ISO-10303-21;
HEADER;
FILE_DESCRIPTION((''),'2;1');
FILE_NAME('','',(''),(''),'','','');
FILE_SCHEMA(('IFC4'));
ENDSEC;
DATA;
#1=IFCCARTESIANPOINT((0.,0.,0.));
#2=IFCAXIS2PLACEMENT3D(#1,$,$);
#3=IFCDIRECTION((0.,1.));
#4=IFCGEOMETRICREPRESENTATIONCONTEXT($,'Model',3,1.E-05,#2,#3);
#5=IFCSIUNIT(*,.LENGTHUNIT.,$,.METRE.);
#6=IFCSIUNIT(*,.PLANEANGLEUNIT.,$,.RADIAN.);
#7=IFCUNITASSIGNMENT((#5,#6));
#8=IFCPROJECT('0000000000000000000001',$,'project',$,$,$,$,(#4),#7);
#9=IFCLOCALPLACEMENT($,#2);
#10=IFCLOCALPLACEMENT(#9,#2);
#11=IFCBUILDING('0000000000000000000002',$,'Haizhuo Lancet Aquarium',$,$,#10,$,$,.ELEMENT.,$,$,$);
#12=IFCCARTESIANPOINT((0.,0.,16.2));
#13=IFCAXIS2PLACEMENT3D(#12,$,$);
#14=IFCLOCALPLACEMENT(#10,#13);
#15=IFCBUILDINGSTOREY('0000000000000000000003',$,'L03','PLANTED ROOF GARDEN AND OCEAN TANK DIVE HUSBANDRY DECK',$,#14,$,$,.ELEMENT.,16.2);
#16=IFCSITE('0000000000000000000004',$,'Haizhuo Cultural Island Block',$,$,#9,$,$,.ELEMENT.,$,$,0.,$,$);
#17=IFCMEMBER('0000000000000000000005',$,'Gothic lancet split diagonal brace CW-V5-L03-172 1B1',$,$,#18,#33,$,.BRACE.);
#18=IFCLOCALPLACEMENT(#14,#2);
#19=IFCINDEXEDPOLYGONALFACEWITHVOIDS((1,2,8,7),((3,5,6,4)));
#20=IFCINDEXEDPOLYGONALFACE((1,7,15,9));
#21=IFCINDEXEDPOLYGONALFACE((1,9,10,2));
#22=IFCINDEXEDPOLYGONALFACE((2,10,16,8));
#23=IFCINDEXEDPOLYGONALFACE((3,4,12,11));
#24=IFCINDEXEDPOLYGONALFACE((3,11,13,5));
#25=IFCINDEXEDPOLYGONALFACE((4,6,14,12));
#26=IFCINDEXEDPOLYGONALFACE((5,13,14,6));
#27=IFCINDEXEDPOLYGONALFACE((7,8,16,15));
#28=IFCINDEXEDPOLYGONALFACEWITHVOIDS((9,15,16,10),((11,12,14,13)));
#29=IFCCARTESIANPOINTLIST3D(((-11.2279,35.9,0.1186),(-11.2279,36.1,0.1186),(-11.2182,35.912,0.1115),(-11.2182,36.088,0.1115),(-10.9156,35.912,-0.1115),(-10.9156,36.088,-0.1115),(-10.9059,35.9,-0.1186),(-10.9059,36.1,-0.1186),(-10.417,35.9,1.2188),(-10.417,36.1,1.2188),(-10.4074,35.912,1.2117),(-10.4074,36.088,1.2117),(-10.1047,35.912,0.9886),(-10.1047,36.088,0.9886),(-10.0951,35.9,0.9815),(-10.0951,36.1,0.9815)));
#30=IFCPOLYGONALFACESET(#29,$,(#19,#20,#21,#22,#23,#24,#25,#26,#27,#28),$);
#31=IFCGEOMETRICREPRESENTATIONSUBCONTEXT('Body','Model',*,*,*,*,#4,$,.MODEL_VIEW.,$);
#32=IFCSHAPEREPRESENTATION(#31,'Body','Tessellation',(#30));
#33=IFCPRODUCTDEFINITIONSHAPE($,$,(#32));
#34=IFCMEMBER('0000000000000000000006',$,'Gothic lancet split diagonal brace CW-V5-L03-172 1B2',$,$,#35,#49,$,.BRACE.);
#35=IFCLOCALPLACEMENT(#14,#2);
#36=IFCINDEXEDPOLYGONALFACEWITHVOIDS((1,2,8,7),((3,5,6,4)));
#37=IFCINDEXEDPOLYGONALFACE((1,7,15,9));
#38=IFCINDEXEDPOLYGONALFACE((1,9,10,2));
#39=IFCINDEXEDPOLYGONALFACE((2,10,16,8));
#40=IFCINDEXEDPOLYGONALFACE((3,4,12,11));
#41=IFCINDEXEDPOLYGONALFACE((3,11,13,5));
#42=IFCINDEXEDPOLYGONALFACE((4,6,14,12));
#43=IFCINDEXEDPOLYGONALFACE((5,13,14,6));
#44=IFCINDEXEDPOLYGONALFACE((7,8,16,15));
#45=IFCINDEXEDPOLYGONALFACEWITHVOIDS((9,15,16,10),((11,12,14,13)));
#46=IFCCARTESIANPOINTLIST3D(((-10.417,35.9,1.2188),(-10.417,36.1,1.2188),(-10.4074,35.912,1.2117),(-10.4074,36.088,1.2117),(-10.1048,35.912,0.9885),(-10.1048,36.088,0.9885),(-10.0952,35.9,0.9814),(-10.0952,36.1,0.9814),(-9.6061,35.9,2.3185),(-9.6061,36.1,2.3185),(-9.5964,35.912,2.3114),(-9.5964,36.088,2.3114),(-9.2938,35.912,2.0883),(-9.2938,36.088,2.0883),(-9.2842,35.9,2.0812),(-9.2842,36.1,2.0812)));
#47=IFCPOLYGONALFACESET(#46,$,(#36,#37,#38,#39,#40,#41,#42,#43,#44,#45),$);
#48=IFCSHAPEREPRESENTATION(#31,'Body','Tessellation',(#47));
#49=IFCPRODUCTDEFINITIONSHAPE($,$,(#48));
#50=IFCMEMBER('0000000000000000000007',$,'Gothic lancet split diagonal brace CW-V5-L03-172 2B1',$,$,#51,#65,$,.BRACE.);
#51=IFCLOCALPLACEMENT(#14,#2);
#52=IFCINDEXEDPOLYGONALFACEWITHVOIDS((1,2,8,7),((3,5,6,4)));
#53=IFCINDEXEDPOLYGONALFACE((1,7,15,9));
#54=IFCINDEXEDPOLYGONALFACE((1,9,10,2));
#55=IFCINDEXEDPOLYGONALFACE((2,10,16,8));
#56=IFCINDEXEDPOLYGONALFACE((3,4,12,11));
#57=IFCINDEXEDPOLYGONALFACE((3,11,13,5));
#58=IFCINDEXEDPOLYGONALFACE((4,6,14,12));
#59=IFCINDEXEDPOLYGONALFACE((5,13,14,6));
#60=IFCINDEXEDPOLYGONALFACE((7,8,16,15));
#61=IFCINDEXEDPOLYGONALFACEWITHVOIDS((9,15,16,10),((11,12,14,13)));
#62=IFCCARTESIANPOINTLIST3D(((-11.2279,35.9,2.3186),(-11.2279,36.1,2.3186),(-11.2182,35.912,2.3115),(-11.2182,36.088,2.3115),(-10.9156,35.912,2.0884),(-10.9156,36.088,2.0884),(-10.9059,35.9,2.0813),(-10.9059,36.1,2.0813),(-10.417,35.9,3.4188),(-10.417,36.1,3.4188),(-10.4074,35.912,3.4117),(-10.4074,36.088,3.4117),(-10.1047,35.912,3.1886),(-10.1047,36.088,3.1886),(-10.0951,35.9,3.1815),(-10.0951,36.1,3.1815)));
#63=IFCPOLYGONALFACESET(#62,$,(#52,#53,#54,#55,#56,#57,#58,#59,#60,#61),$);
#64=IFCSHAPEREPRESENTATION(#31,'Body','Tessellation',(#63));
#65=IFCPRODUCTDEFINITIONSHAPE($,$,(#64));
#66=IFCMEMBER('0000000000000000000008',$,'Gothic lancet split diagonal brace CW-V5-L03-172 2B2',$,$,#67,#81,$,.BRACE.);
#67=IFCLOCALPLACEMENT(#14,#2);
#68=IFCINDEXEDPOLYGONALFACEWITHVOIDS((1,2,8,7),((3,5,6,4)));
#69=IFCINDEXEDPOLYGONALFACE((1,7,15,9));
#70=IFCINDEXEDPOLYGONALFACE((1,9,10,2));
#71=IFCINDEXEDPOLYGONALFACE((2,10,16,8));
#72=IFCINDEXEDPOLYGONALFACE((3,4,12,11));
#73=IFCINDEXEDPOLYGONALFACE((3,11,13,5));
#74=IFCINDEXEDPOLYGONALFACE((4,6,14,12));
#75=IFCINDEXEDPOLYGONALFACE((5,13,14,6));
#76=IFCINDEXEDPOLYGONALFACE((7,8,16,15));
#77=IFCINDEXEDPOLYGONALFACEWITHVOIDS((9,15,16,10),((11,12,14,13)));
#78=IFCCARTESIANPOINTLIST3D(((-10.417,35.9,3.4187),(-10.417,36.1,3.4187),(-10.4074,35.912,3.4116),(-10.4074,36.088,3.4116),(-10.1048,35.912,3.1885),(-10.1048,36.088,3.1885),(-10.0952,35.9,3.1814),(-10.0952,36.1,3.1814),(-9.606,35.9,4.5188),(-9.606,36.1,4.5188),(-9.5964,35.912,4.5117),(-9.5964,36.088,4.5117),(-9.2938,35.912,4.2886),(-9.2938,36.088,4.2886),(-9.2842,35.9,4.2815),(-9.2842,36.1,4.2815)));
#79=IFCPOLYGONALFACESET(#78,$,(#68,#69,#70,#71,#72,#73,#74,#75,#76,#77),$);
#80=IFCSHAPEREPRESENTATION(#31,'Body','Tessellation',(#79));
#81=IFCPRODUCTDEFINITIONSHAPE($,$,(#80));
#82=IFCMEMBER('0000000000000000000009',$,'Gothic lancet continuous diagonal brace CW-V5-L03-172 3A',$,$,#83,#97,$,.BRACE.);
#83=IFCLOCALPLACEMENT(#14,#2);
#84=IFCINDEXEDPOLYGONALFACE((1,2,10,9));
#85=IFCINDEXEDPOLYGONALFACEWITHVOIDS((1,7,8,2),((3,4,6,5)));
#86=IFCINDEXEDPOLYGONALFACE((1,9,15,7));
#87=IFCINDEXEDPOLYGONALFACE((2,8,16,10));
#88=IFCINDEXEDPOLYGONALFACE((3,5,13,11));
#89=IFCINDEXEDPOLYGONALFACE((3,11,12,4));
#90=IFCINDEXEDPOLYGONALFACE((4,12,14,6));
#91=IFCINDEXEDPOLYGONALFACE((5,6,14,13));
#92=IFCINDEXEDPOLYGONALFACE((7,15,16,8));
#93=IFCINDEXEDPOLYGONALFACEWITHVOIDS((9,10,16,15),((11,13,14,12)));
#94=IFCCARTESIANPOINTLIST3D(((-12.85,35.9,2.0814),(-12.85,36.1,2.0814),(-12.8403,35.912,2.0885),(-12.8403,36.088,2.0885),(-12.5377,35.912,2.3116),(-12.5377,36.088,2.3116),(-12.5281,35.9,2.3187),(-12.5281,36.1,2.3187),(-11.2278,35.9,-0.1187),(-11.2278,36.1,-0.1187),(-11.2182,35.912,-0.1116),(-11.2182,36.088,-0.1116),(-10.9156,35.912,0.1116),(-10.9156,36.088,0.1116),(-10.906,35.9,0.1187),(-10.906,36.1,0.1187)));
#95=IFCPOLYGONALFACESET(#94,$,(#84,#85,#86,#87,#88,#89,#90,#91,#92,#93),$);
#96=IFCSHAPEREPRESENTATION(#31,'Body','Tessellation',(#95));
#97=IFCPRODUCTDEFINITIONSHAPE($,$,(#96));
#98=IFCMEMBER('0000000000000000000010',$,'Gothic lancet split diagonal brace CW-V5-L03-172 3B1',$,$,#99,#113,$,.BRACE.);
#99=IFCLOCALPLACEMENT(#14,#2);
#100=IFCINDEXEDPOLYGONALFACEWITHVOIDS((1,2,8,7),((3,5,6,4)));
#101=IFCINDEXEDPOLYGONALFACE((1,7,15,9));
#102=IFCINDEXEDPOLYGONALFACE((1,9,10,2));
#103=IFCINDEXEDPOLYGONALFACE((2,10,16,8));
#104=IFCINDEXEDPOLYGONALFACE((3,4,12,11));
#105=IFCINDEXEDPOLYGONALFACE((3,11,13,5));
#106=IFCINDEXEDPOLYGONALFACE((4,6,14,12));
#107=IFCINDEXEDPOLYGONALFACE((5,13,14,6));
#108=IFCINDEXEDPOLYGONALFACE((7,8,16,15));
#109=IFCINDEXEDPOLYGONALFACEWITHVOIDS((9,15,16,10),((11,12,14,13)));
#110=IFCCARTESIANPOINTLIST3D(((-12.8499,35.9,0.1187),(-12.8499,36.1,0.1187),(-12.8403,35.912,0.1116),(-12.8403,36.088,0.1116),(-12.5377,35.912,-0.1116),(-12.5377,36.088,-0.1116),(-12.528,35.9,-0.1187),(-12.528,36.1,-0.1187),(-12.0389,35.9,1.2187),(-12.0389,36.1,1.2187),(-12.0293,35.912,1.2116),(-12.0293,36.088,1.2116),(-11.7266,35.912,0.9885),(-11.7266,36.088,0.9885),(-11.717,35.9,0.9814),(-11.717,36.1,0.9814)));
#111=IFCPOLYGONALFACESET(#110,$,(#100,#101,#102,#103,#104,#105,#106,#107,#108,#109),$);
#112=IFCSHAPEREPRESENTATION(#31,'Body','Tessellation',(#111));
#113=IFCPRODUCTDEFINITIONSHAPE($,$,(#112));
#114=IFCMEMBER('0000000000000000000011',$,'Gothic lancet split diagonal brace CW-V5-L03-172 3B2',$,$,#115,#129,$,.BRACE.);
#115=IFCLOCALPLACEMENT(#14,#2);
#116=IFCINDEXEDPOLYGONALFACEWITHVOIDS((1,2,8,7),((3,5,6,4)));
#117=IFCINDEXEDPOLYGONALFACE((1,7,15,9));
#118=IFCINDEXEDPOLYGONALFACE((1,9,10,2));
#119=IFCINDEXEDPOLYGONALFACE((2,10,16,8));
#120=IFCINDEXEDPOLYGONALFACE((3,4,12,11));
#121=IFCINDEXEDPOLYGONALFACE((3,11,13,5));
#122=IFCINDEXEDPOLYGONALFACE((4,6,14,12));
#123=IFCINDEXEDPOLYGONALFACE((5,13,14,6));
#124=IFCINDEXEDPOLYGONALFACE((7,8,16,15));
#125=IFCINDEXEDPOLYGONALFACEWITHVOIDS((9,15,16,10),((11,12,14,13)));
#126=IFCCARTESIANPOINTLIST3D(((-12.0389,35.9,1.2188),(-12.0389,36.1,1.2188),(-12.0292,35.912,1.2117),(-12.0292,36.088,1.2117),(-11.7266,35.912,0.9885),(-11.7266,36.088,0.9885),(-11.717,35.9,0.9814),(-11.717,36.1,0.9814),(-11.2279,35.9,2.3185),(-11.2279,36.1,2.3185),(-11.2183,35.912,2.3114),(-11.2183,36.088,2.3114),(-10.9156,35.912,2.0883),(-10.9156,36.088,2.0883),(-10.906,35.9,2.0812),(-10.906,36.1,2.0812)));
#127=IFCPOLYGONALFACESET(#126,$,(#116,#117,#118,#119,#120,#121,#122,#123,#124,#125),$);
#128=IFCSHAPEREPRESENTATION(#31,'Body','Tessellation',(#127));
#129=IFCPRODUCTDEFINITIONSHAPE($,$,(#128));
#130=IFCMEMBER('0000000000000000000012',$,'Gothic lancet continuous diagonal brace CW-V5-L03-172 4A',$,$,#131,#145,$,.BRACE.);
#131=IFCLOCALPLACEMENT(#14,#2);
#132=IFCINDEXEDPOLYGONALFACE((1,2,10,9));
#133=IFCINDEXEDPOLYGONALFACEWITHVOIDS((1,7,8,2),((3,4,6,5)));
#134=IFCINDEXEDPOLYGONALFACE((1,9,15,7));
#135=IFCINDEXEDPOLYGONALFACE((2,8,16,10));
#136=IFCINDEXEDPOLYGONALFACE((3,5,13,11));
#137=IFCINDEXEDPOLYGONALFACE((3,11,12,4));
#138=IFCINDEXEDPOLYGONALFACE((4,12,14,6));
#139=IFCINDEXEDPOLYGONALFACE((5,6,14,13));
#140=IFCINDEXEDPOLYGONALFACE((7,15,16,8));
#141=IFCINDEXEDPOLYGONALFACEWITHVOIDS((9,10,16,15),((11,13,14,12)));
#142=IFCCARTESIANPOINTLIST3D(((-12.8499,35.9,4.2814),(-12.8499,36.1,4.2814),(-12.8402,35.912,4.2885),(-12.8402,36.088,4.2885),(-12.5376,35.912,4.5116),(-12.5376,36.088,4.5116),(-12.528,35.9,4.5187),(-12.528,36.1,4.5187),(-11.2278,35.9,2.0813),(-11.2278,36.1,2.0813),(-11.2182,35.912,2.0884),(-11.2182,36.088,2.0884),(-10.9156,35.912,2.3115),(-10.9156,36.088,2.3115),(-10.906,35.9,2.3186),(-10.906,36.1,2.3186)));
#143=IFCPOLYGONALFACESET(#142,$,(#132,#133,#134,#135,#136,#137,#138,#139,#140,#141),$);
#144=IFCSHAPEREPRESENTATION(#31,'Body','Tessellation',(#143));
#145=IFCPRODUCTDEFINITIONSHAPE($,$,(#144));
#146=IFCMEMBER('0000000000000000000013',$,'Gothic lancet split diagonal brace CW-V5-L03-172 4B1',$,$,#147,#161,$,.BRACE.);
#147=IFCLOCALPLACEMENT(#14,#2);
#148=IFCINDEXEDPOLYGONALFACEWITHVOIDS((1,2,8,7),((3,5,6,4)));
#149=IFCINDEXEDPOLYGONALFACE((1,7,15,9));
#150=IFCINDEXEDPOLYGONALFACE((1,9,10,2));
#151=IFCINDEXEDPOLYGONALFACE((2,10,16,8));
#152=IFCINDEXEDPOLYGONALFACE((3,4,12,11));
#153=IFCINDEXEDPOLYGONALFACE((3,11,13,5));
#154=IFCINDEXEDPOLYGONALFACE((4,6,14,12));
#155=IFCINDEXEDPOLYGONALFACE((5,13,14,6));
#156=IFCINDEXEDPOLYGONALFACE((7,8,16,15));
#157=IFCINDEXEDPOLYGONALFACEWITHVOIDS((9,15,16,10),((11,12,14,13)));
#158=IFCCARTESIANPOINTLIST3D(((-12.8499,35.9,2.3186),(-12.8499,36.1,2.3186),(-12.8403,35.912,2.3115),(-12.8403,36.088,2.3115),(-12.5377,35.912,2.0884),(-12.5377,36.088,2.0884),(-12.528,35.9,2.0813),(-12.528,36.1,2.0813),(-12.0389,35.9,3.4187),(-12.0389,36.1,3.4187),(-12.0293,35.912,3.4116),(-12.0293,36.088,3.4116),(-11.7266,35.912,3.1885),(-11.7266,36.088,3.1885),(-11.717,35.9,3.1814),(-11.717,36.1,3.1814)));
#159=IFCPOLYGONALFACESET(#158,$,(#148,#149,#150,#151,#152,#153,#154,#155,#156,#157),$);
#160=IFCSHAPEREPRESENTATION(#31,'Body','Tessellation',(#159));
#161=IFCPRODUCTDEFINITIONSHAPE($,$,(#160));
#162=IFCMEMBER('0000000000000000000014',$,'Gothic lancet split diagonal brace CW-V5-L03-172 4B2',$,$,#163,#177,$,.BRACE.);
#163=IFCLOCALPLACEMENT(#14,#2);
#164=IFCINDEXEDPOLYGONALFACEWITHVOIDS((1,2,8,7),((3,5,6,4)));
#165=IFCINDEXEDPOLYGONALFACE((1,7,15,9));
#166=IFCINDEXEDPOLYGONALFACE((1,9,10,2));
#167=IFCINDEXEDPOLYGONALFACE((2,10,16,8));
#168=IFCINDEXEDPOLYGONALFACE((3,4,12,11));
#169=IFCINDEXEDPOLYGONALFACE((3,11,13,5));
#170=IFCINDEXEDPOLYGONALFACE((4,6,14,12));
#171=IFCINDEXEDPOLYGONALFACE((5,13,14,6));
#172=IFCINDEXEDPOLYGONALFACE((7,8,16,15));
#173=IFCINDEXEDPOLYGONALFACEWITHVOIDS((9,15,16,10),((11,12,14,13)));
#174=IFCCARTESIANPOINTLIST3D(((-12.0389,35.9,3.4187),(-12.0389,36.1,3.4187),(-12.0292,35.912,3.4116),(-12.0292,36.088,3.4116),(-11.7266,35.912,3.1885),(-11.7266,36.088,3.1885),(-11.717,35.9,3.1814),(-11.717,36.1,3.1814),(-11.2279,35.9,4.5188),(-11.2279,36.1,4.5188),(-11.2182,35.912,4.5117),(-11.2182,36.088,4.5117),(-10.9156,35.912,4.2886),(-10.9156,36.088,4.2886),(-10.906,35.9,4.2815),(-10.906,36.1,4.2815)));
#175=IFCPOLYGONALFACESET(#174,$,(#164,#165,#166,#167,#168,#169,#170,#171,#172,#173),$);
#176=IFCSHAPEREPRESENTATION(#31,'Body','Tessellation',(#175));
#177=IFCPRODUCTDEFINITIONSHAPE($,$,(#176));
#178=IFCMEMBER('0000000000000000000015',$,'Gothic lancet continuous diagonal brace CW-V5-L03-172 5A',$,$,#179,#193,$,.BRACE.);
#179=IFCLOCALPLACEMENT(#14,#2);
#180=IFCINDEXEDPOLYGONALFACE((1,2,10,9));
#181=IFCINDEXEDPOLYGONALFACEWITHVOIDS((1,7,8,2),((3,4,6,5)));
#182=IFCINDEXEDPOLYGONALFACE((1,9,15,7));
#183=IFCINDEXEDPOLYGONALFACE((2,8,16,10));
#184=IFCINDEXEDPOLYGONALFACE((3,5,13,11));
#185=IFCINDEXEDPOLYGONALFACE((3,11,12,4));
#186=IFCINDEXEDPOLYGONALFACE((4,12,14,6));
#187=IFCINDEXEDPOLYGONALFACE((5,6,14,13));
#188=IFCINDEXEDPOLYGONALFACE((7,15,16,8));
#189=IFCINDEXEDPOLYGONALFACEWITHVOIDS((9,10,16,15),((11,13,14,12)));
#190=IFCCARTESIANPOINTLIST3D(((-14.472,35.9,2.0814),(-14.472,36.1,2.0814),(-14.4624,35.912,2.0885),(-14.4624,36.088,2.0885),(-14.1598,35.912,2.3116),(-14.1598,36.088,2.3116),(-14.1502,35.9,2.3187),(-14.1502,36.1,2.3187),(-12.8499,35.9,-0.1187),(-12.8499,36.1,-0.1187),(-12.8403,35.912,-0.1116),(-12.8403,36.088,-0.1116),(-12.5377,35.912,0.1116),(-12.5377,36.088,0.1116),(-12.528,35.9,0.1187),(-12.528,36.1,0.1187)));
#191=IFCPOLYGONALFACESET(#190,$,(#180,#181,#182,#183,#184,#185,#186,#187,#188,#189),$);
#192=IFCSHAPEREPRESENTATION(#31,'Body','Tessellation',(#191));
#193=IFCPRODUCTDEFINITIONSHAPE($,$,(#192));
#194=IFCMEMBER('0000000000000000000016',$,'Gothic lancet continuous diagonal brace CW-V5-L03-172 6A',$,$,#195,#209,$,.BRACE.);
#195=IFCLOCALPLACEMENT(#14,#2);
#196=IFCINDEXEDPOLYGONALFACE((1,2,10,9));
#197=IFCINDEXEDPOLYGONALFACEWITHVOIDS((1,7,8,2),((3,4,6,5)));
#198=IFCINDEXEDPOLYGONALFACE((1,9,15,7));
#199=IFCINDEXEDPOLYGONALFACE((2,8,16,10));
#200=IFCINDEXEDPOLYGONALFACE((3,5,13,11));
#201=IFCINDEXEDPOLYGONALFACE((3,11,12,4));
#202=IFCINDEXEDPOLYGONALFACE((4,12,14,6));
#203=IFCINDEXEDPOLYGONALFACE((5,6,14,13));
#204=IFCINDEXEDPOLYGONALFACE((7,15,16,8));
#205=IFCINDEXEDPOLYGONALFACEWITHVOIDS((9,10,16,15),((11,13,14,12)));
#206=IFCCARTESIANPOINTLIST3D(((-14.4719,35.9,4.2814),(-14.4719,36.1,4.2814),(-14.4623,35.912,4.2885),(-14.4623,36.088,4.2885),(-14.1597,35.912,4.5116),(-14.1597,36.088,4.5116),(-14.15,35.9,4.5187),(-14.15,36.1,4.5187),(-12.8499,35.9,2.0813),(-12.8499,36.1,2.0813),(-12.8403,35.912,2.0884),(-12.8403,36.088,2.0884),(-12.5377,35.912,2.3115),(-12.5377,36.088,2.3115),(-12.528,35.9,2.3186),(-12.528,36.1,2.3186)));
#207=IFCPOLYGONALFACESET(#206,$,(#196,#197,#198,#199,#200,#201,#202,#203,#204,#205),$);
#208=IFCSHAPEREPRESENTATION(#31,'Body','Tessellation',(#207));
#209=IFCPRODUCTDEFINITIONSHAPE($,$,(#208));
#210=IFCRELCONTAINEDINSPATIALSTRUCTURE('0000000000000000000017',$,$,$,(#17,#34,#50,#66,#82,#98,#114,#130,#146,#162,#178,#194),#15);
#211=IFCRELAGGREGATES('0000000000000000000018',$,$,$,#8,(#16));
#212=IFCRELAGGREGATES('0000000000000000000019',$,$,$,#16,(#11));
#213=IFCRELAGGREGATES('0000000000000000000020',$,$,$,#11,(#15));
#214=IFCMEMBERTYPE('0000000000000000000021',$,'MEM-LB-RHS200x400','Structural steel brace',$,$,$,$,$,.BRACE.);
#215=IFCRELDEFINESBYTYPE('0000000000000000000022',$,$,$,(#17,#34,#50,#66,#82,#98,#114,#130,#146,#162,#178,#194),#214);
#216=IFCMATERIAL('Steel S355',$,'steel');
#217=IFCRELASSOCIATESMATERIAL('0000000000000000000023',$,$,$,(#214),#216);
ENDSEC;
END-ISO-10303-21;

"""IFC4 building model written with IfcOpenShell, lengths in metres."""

from ifc_helpers import new_model, si_unit, direction, frame, origin, origin_2d, place, context, subcontext, project, spatial, hollow_rectangle, extrude, material, material_profile, profile_set, type_object, element, save


model = new_model("IFC4")

# Units and contexts
model_context = context("Model", 3, precision=1e-05, world=origin(), true_north=direction((0.0, 1.0)))
body_context = subcontext(model_context, "Body", "Model", "MODEL_VIEW")
ifc_project = project(units=[si_unit("LENGTHUNIT", "METRE"), si_unit("PLANEANGLEUNIT", "RADIAN")], contexts=[model_context])

# Site, building, storey
site_placement = place(None, origin())
site = spatial("IfcSite", under=ifc_project, at=site_placement, Name="Haizhuo Cultural Island Block", CompositionType="ELEMENT", RefElevation=0.0)
building_placement = place(site_placement, origin())
building = spatial("IfcBuilding", under=site, at=building_placement, Name="Haizhuo Lancet Aquarium", CompositionType="ELEMENT")
storey_placement = place(building_placement, frame((0.0, 0.0, 16.2)))
storey = spatial("IfcBuildingStorey", under=building, at=storey_placement, Name="L03", Description="PLANTED ROOF GARDEN AND OCEAN TANK DIVE HUSBANDRY DECK", CompositionType="ELEMENT", Elevation=16.2)

# Members
ifc_material_1 = material(Name="Steel S355", Category="steel")
ifc_material_profile_1 = material_profile(ifc_material_1, hollow_rectangle(XDim=0.2, YDim=0.3999, WallThickness=0.012, at=origin_2d()), Name="RHS 200x400x12")
ifc_profile_set_1 = profile_set([ifc_material_profile_1], Name="Steel S355")
member_type_1 = type_object("IfcMemberType", Name="MEM-LB-RHS200x400", Description="Structural steel brace", PredefinedType="BRACE", material=ifc_profile_set_1)
member_1_placement = place(storey_placement, frame((-11.0669, 36.0, 0.0), z_axis=(0.59329, 0.0, 0.804988), x_axis=(0.0, 1.0, 0.0)))
element("IfcMember", 1, at=member_1_placement, inside=storey, type_object=member_type_1, Name="Gothic lancet split diagonal brace CW-V5-L03-172 1B1", PredefinedType="BRACE", context=body_context, shape_type="SweptSolid", body=[
    extrude(hollow_rectangle(XDim=0.2, YDim=0.3999, WallThickness=0.012, at=origin_2d()), origin(), (0.0, 0.0, 1.0), 1.3667),
])
member_2_placement = place(storey_placement, frame((-10.2561, 36.0, 1.1001), z_axis=(0.593492, 0.0, 0.80484), x_axis=(0.0, 1.0, 0.0)))
element("IfcMember", 2, at=member_2_placement, inside=storey, type_object=member_type_1, Name="Gothic lancet split diagonal brace CW-V5-L03-172 1B2", PredefinedType="BRACE", context=body_context, shape_type="SweptSolid", body=[
    extrude(hollow_rectangle(XDim=0.2, YDim=0.3999, WallThickness=0.012, at=origin_2d()), origin(), (0.0, 0.0, 1.0), 1.3665),
])
for number, where, z_axis, x_axis, name in (
    (3, (-11.0669, 36.0, 2.2), (0.59329, 0.0, 0.804988), (0.0, 1.0, 0.0), "Gothic lancet split diagonal brace CW-V5-L03-172 2B1"),
    (4, (-10.2561, 36.0, 3.3), (0.593406, 0.0, 0.804903), (0.0, 1.0, 0.0), "Gothic lancet split diagonal brace CW-V5-L03-172 2B2"),
):
    element("IfcMember", number, at=place(storey_placement, frame(where, z_axis=z_axis, x_axis=x_axis)), inside=storey, type_object=member_type_1, Name=name, PredefinedType="BRACE", context=body_context, shape_type="SweptSolid", body=[
        extrude(hollow_rectangle(XDim=0.2, YDim=0.3999, WallThickness=0.012, at=origin_2d()), origin(), (0.0, 0.0, 1.0), 1.3667),
    ])
member_3_placement = place(storey_placement, frame((-11.0669, 36.0, 0.0), z_axis=(-0.593449, 0.0, 0.804872), x_axis=(0.0, -1.0, 0.0)))
element("IfcMember", 5, at=member_3_placement, inside=storey, type_object=member_type_1, Name="Gothic lancet continuous diagonal brace CW-V5-L03-172 3A", PredefinedType="BRACE", context=body_context, shape_type="SweptSolid", body=[
    extrude(hollow_rectangle(XDim=0.2, YDim=0.3999, WallThickness=0.012, at=origin_2d()), origin(), (0.0, 0.0, 1.0), 2.7334),
])
member_4_placement = place(storey_placement, frame((-12.689, 36.0, 0.0), z_axis=(0.593406, 0.0, 0.804903), x_axis=(0.0, 1.0, 0.0)))
element("IfcMember", 6, at=member_4_placement, inside=storey, type_object=member_type_1, Name="Gothic lancet split diagonal brace CW-V5-L03-172 3B1", PredefinedType="BRACE", context=body_context, shape_type="SweptSolid", body=[
    extrude(hollow_rectangle(XDim=0.2, YDim=0.3999, WallThickness=0.012, at=origin_2d()), origin(), (0.0, 0.0, 1.0), 1.3667),
])
member_5_placement = place(storey_placement, frame((-11.8779, 36.0, 1.1001), z_axis=(0.593492, 0.0, 0.80484), x_axis=(0.0, 1.0, 0.0)))
element("IfcMember", 7, at=member_5_placement, inside=storey, type_object=member_type_1, Name="Gothic lancet split diagonal brace CW-V5-L03-172 3B2", PredefinedType="BRACE", context=body_context, shape_type="SweptSolid", body=[
    extrude(hollow_rectangle(XDim=0.2, YDim=0.3999, WallThickness=0.012, at=origin_2d()), origin(), (0.0, 0.0, 1.0), 1.3665),
])
member_6_placement = place(storey_placement, frame((-11.0669, 36.0, 2.2), z_axis=(-0.593406, 0.0, 0.804903), x_axis=(0.0, -1.0, 0.0)))
element("IfcMember", 8, at=member_6_placement, inside=storey, type_object=member_type_1, Name="Gothic lancet continuous diagonal brace CW-V5-L03-172 4A", PredefinedType="BRACE", context=body_context, shape_type="SweptSolid", body=[
    extrude(hollow_rectangle(XDim=0.2, YDim=0.3999, WallThickness=0.012, at=origin_2d()), origin(), (0.0, 0.0, 1.0), 2.7334),
])
for number, where, z_axis, x_axis, name in (
    (9, (-12.689, 36.0, 2.2), (0.593406, 0.0, 0.804903), (0.0, 1.0, 0.0), "Gothic lancet split diagonal brace CW-V5-L03-172 4B1"),
    (10, (-11.8779, 36.0, 3.3), (0.593406, 0.0, 0.804903), (0.0, 1.0, 0.0), "Gothic lancet split diagonal brace CW-V5-L03-172 4B2"),
):
    element("IfcMember", number, at=place(storey_placement, frame(where, z_axis=z_axis, x_axis=x_axis)), inside=storey, type_object=member_type_1, Name=name, PredefinedType="BRACE", context=body_context, shape_type="SweptSolid", body=[
        extrude(hollow_rectangle(XDim=0.2, YDim=0.3999, WallThickness=0.012, at=origin_2d()), origin(), (0.0, 0.0, 1.0), 1.3667),
    ])
for number, where, z_axis, x_axis, name in (
    (11, (-12.689, 36.0, 0.0), (-0.593449, 0.0, 0.804872), (0.0, -1.0, 0.0), "Gothic lancet continuous diagonal brace CW-V5-L03-172 5A"),
    (12, (-12.689, 36.0, 2.2), (-0.593406, 0.0, 0.804903), (0.0, -1.0, 0.0), "Gothic lancet continuous diagonal brace CW-V5-L03-172 6A"),
):
    element("IfcMember", number, at=place(storey_placement, frame(where, z_axis=z_axis, x_axis=x_axis)), inside=storey, type_object=member_type_1, Name=name, PredefinedType="BRACE", context=body_context, shape_type="SweptSolid", body=[
        extrude(hollow_rectangle(XDim=0.2, YDim=0.3999, WallThickness=0.012, at=origin_2d()), origin(), (0.0, 0.0, 1.0), 2.7334),
    ])

save(model, "model.ifc")
